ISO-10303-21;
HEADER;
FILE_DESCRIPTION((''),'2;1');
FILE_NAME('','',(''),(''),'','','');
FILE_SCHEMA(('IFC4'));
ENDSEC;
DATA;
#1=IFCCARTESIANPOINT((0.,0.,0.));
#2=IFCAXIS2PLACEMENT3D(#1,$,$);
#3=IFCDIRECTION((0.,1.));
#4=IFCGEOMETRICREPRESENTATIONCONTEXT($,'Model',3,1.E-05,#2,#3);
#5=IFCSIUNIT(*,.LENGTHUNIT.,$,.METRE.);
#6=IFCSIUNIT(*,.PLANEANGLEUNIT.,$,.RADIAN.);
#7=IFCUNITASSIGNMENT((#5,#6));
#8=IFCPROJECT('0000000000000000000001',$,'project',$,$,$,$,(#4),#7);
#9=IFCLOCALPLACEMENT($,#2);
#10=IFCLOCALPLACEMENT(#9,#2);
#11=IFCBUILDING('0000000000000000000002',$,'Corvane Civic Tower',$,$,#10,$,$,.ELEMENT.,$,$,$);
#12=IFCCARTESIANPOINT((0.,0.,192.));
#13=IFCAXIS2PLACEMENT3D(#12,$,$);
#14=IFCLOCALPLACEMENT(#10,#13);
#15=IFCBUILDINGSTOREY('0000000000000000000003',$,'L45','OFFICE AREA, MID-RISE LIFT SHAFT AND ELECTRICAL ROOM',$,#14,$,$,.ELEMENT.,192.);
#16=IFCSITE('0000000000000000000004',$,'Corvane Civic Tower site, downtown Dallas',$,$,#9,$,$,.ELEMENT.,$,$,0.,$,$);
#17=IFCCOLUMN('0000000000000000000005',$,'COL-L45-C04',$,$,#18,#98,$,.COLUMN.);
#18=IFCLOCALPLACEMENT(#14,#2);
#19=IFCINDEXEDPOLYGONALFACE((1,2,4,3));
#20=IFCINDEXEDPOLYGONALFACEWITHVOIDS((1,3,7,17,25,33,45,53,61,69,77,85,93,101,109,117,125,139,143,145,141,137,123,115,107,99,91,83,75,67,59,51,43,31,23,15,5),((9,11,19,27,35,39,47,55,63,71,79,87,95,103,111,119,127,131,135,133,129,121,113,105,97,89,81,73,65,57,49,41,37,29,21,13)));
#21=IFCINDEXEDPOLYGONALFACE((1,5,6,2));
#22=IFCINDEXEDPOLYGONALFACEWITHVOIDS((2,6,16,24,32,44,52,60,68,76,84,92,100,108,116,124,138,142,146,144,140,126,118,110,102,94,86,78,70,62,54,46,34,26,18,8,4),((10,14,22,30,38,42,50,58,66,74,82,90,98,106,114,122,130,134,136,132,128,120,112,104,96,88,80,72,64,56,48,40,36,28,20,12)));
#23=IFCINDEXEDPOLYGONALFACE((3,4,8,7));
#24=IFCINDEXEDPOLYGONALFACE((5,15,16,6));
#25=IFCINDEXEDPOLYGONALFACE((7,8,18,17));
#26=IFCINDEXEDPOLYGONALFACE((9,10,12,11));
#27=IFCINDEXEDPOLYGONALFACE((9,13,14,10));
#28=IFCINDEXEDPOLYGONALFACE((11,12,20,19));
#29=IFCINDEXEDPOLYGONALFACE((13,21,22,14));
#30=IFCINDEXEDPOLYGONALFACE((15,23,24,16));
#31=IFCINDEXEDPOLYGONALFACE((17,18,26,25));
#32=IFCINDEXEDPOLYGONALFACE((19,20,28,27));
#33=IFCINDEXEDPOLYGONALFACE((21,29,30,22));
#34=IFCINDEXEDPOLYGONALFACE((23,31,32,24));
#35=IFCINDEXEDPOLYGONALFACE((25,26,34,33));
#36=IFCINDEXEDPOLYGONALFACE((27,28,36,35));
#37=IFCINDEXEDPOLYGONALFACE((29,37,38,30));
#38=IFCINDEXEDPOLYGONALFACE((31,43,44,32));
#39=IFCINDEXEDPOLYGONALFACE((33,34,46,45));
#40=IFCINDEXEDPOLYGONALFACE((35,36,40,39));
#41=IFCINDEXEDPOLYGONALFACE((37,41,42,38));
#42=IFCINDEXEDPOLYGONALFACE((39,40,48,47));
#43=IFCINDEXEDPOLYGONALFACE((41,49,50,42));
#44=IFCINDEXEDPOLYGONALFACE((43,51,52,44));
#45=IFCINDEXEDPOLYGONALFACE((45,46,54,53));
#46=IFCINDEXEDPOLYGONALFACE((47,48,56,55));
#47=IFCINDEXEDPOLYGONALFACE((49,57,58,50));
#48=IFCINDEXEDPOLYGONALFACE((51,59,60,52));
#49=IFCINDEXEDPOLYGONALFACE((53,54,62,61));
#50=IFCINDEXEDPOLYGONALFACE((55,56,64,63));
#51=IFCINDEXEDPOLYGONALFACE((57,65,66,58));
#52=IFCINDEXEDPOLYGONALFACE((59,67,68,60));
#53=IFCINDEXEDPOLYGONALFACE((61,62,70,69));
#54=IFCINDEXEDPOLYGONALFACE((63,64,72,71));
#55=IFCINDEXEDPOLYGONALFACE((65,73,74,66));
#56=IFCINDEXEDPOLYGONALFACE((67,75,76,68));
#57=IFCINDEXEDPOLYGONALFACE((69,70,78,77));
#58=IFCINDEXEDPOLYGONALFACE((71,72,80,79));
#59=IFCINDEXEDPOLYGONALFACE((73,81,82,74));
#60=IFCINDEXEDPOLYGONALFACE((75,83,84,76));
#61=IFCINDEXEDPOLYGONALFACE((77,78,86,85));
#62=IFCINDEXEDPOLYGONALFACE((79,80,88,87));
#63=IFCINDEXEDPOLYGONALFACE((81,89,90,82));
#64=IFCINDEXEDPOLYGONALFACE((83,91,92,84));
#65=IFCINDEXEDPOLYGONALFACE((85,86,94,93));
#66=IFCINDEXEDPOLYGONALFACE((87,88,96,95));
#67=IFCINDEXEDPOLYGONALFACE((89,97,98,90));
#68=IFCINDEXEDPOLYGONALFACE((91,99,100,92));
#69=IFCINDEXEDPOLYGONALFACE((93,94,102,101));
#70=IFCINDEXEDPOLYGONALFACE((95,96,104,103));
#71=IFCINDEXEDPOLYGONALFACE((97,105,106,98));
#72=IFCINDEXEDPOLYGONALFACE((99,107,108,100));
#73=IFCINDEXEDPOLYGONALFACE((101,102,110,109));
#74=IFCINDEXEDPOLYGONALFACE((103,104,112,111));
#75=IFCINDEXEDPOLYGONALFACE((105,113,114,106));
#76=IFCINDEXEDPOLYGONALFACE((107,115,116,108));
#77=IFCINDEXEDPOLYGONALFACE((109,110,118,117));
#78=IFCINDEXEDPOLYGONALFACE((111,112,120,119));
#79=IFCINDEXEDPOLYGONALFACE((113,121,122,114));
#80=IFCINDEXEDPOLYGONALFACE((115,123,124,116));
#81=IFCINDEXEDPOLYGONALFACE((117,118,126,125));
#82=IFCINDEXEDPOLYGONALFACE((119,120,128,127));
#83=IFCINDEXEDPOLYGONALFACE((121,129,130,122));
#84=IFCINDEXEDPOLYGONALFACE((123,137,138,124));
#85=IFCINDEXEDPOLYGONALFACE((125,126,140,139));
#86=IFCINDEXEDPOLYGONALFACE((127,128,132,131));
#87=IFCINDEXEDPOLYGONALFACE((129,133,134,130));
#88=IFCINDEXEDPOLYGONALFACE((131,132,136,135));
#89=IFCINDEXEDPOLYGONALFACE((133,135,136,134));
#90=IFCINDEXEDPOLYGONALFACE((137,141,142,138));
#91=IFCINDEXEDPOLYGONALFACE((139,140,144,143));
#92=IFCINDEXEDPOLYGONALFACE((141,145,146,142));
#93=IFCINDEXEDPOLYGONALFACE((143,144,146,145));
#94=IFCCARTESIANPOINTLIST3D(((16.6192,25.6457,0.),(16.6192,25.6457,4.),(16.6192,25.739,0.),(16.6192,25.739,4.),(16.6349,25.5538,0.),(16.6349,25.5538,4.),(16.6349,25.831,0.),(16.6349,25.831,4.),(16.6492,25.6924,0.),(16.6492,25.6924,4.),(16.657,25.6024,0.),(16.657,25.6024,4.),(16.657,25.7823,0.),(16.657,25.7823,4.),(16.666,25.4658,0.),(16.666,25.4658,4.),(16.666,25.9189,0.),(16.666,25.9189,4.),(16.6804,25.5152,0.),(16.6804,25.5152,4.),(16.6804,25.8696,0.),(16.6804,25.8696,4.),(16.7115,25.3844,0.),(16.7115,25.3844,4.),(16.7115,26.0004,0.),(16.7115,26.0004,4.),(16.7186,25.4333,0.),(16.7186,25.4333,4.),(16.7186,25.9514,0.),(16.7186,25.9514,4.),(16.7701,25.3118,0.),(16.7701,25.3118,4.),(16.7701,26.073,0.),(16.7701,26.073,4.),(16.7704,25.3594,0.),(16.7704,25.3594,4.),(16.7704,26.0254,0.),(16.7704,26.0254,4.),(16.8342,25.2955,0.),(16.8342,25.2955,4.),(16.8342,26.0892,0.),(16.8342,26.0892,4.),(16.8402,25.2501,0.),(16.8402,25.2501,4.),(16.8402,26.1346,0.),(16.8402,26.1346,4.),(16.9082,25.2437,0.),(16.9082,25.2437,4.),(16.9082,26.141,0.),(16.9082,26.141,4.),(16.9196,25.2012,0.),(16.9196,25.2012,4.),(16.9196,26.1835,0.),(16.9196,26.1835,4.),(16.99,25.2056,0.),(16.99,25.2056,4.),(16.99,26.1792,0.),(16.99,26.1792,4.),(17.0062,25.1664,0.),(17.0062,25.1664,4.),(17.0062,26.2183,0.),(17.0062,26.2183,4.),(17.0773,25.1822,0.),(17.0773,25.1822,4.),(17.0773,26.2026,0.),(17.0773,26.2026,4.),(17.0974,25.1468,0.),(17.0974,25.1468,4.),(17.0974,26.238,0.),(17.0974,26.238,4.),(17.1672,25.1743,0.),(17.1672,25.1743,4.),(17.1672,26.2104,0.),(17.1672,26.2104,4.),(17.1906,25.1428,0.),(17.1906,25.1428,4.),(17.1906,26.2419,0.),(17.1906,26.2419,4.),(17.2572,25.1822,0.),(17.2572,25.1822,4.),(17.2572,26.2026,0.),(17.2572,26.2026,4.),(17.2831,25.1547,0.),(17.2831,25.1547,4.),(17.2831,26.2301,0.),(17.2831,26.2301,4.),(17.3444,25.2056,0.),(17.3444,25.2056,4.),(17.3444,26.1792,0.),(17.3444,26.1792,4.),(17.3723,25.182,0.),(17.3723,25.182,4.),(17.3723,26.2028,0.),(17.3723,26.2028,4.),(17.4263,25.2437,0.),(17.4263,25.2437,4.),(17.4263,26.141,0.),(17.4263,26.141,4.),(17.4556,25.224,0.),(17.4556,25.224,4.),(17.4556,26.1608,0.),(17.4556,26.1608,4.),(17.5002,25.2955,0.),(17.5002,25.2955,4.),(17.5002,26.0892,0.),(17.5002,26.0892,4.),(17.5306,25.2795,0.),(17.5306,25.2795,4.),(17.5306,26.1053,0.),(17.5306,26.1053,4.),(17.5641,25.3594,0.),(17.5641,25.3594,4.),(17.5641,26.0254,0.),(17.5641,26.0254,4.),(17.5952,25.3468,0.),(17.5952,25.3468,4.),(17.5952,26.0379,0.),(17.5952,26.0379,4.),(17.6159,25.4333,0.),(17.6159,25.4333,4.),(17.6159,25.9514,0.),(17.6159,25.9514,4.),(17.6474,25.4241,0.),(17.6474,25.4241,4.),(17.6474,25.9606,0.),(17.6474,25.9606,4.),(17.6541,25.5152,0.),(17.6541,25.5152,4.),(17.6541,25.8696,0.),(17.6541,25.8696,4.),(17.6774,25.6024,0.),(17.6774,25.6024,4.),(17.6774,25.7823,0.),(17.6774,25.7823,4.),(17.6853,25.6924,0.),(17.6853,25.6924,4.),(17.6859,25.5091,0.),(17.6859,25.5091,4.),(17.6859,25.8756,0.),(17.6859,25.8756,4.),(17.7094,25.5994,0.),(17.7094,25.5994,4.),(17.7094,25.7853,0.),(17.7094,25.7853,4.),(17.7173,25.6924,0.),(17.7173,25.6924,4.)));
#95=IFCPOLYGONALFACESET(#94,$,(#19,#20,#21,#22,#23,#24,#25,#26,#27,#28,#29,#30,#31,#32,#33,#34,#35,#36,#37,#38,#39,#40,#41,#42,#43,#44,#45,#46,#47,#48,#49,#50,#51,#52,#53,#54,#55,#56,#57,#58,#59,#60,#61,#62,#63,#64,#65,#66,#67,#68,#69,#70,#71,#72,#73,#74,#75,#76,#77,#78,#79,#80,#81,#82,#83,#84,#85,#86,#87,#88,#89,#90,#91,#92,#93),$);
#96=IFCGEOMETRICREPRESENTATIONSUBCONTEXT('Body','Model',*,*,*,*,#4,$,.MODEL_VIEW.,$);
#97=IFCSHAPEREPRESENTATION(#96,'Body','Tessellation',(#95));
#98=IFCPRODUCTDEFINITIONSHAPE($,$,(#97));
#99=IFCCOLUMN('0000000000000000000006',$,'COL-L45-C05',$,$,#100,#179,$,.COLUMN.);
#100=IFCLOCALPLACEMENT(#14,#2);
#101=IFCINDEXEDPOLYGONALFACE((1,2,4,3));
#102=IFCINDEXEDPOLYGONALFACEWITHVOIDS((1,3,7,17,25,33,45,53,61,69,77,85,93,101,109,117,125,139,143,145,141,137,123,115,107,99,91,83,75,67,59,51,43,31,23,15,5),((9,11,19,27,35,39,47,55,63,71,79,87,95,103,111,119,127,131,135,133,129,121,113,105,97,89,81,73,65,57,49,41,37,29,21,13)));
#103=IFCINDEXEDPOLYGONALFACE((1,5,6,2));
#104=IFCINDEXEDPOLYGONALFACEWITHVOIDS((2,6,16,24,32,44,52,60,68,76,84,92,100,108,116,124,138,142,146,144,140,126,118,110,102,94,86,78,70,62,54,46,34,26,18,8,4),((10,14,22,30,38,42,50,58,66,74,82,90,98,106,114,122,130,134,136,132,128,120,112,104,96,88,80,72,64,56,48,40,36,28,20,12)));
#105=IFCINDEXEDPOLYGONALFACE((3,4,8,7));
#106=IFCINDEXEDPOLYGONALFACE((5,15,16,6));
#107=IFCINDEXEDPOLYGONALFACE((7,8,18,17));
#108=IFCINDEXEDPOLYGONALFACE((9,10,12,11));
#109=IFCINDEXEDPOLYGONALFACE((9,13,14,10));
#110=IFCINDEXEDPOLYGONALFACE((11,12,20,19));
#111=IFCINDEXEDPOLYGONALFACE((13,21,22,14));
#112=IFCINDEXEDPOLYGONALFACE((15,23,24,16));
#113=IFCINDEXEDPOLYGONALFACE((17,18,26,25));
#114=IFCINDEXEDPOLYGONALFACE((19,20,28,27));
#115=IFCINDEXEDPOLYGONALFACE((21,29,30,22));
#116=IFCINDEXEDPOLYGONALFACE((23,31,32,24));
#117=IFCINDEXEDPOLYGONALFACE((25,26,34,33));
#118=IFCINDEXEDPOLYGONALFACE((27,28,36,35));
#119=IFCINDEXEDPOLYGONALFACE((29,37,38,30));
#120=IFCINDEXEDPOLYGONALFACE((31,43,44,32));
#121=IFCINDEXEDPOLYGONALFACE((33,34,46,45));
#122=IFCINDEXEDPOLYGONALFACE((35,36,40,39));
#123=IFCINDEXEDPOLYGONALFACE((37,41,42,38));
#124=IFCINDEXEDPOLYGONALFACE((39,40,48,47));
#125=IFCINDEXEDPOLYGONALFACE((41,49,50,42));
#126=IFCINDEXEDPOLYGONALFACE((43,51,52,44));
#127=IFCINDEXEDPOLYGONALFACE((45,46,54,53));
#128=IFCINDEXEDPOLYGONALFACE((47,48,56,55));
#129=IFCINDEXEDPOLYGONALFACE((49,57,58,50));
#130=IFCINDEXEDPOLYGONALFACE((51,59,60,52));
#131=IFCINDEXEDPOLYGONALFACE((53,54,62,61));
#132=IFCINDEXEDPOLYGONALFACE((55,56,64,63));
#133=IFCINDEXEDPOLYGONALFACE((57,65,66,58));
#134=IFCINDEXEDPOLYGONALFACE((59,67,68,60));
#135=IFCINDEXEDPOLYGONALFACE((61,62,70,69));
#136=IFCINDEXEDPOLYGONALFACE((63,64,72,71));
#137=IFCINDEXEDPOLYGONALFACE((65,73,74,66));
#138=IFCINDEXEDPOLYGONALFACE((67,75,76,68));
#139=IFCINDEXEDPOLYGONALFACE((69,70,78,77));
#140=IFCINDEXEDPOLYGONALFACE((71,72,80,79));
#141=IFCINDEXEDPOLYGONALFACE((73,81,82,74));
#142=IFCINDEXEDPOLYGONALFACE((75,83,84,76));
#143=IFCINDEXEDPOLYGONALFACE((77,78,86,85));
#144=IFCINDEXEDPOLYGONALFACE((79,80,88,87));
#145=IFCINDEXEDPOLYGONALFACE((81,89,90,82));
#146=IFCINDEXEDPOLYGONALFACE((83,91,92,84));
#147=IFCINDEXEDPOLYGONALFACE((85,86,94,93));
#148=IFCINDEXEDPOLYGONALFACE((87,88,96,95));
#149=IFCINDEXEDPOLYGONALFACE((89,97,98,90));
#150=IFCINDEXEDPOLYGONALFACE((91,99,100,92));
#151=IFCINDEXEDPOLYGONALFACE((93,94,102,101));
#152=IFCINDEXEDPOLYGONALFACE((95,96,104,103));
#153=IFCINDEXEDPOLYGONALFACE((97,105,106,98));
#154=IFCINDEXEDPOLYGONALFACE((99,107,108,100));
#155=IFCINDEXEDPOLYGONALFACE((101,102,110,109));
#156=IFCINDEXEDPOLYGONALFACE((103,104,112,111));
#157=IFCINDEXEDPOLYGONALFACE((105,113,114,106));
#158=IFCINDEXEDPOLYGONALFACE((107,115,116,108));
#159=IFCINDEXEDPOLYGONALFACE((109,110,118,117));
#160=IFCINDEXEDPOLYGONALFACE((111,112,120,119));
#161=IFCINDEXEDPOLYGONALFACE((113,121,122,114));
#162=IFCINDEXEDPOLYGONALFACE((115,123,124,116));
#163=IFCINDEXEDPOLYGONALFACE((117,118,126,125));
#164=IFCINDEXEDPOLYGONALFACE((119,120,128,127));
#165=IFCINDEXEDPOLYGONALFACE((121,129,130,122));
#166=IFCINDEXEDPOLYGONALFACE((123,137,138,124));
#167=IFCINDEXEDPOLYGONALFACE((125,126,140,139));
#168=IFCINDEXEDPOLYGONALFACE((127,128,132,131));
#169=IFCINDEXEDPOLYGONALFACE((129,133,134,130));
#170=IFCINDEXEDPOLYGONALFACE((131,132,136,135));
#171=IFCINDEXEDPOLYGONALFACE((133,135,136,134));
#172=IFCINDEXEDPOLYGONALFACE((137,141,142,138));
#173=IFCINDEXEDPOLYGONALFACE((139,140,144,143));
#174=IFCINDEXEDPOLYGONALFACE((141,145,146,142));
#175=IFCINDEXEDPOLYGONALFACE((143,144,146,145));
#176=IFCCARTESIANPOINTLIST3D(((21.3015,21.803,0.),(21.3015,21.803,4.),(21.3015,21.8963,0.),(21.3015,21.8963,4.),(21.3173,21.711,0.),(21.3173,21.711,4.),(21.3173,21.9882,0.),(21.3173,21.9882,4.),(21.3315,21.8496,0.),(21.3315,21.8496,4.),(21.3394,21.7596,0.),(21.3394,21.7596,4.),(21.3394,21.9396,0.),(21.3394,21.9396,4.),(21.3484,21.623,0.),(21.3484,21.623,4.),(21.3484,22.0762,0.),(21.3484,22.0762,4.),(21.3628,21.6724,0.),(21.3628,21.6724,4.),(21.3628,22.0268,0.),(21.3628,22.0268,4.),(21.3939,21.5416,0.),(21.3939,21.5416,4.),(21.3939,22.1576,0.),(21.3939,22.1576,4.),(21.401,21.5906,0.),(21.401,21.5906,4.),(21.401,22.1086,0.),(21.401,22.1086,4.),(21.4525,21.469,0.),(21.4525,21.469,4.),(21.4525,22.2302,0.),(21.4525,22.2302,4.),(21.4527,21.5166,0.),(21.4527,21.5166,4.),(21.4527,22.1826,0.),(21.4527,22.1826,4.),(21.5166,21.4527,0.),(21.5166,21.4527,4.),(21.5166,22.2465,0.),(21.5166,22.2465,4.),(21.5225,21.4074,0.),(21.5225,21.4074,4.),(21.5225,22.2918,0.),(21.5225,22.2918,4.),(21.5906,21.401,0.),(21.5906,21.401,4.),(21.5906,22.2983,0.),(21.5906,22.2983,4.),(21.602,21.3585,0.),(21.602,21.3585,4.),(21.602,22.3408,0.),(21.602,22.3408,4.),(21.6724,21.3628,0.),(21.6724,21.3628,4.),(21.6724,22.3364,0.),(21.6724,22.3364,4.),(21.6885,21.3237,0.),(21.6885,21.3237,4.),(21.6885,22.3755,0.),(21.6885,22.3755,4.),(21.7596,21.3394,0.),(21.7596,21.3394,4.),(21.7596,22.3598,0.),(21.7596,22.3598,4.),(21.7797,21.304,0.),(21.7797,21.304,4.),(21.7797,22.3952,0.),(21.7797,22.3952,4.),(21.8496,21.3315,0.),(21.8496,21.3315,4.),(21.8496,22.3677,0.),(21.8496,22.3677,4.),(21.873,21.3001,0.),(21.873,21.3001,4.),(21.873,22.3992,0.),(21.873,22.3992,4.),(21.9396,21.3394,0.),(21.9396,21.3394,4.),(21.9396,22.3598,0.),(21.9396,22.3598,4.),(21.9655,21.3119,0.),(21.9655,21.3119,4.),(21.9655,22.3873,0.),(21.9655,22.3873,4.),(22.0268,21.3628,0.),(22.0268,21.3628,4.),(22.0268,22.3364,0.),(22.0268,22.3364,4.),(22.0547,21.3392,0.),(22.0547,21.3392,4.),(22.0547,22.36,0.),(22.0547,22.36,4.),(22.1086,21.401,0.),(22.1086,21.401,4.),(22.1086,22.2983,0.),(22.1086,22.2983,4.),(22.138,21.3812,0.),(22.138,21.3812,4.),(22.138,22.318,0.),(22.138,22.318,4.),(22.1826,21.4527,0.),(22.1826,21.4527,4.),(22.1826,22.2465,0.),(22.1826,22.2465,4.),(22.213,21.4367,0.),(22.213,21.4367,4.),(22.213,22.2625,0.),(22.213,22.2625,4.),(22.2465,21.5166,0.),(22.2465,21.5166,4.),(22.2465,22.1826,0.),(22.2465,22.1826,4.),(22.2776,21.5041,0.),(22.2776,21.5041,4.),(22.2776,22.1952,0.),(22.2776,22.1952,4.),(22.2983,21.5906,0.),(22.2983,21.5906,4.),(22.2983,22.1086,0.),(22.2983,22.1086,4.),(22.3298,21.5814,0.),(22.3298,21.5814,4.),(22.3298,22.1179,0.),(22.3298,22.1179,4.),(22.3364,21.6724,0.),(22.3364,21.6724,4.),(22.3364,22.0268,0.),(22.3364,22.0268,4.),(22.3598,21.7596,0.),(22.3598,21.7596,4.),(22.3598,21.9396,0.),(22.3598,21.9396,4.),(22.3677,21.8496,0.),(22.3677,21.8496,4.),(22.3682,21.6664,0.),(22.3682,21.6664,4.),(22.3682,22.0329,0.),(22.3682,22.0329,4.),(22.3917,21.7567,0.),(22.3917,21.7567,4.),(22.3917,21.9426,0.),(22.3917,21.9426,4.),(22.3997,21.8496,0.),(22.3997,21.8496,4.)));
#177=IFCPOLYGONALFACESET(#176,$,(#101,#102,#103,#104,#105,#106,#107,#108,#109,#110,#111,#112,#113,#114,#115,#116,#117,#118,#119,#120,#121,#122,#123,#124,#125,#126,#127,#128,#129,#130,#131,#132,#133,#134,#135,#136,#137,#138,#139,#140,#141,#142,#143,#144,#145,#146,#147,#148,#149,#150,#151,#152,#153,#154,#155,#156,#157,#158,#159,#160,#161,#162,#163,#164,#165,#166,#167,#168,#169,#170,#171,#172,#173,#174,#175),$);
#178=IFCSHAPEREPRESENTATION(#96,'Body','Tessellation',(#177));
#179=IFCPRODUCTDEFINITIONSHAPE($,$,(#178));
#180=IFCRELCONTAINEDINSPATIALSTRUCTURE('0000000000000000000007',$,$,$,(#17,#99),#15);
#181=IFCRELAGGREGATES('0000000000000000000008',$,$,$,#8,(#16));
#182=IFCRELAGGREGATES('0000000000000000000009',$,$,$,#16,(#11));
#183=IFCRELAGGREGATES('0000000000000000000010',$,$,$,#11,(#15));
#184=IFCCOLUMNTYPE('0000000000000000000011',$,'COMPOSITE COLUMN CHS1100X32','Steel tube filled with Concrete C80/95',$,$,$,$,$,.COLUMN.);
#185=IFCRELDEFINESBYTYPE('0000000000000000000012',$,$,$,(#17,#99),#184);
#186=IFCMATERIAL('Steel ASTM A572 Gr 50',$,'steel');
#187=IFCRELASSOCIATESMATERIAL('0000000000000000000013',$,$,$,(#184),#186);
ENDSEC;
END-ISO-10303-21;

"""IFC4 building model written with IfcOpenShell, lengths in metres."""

from ifc_helpers import new_model, si_unit, direction, frame, origin, origin_2d, place, context, subcontext, project, spatial, hollow_circle, extrude, material, material_profile, profile_set, type_object, element, save


model = new_model("IFC4")

# Units and contexts
model_context = context("Model", 3, precision=1e-05, world=origin(), true_north=direction((0.0, 1.0)))
body_context = subcontext(model_context, "Body", "Model", "MODEL_VIEW")
ifc_project = project(units=[si_unit("LENGTHUNIT", "METRE"), si_unit("PLANEANGLEUNIT", "RADIAN")], contexts=[model_context])

# Site, building, storey
site_placement = place(None, origin())
site = spatial("IfcSite", under=ifc_project, at=site_placement, Name="Corvane Civic Tower site, downtown Dallas", CompositionType="ELEMENT", RefElevation=0.0)
building_placement = place(site_placement, origin())
building = spatial("IfcBuilding", under=site, at=building_placement, Name="Corvane Civic Tower", CompositionType="ELEMENT")
storey_placement = place(building_placement, frame((0.0, 0.0, 192.0)))
storey = spatial("IfcBuildingStorey", under=building, at=storey_placement, Name="L45", Description="OFFICE AREA, MID-RISE LIFT SHAFT AND ELECTRICAL ROOM", CompositionType="ELEMENT", Elevation=192.0)

# Columns
ifc_material_1 = material(Name="Steel ASTM A572 Gr 50", Category="steel")
ifc_material_profile_1 = material_profile(ifc_material_1, hollow_circle(Radius=0.55, WallThickness=0.032, at=origin_2d()), Name="CHS1100X32")
ifc_profile_set_1 = profile_set([ifc_material_profile_1], Name="Steel ASTM A572 Gr 50")
column_type = type_object("IfcColumnType", Name="COMPOSITE COLUMN CHS1100X32", Description="Steel tube filled with Concrete C80/95", PredefinedType="COLUMN", material=ifc_profile_set_1)
for number, where, z_axis, x_axis, name in (
    (1, (17.1672, 25.6924, 0.0), (0.0, 0.0, 1.0), (1.0, 0.0, 0.0), "COL-L45-C04"),
    (2, (21.8496, 21.8496, 0.0), (0.0, 0.0, 1.0), (1.0, 0.0, 0.0), "COL-L45-C05"),
):
    element("IfcColumn", number, at=place(storey_placement, frame(where, z_axis=z_axis, x_axis=x_axis)), inside=storey, type_object=column_type, Name=name, PredefinedType="COLUMN", context=body_context, shape_type="SweptSolid", body=[
        extrude(hollow_circle(Radius=0.55, WallThickness=0.032, at=origin_2d()), origin(), (0.0, 0.0, 1.0), 4.0),
    ])

save(model, "model.ifc")
